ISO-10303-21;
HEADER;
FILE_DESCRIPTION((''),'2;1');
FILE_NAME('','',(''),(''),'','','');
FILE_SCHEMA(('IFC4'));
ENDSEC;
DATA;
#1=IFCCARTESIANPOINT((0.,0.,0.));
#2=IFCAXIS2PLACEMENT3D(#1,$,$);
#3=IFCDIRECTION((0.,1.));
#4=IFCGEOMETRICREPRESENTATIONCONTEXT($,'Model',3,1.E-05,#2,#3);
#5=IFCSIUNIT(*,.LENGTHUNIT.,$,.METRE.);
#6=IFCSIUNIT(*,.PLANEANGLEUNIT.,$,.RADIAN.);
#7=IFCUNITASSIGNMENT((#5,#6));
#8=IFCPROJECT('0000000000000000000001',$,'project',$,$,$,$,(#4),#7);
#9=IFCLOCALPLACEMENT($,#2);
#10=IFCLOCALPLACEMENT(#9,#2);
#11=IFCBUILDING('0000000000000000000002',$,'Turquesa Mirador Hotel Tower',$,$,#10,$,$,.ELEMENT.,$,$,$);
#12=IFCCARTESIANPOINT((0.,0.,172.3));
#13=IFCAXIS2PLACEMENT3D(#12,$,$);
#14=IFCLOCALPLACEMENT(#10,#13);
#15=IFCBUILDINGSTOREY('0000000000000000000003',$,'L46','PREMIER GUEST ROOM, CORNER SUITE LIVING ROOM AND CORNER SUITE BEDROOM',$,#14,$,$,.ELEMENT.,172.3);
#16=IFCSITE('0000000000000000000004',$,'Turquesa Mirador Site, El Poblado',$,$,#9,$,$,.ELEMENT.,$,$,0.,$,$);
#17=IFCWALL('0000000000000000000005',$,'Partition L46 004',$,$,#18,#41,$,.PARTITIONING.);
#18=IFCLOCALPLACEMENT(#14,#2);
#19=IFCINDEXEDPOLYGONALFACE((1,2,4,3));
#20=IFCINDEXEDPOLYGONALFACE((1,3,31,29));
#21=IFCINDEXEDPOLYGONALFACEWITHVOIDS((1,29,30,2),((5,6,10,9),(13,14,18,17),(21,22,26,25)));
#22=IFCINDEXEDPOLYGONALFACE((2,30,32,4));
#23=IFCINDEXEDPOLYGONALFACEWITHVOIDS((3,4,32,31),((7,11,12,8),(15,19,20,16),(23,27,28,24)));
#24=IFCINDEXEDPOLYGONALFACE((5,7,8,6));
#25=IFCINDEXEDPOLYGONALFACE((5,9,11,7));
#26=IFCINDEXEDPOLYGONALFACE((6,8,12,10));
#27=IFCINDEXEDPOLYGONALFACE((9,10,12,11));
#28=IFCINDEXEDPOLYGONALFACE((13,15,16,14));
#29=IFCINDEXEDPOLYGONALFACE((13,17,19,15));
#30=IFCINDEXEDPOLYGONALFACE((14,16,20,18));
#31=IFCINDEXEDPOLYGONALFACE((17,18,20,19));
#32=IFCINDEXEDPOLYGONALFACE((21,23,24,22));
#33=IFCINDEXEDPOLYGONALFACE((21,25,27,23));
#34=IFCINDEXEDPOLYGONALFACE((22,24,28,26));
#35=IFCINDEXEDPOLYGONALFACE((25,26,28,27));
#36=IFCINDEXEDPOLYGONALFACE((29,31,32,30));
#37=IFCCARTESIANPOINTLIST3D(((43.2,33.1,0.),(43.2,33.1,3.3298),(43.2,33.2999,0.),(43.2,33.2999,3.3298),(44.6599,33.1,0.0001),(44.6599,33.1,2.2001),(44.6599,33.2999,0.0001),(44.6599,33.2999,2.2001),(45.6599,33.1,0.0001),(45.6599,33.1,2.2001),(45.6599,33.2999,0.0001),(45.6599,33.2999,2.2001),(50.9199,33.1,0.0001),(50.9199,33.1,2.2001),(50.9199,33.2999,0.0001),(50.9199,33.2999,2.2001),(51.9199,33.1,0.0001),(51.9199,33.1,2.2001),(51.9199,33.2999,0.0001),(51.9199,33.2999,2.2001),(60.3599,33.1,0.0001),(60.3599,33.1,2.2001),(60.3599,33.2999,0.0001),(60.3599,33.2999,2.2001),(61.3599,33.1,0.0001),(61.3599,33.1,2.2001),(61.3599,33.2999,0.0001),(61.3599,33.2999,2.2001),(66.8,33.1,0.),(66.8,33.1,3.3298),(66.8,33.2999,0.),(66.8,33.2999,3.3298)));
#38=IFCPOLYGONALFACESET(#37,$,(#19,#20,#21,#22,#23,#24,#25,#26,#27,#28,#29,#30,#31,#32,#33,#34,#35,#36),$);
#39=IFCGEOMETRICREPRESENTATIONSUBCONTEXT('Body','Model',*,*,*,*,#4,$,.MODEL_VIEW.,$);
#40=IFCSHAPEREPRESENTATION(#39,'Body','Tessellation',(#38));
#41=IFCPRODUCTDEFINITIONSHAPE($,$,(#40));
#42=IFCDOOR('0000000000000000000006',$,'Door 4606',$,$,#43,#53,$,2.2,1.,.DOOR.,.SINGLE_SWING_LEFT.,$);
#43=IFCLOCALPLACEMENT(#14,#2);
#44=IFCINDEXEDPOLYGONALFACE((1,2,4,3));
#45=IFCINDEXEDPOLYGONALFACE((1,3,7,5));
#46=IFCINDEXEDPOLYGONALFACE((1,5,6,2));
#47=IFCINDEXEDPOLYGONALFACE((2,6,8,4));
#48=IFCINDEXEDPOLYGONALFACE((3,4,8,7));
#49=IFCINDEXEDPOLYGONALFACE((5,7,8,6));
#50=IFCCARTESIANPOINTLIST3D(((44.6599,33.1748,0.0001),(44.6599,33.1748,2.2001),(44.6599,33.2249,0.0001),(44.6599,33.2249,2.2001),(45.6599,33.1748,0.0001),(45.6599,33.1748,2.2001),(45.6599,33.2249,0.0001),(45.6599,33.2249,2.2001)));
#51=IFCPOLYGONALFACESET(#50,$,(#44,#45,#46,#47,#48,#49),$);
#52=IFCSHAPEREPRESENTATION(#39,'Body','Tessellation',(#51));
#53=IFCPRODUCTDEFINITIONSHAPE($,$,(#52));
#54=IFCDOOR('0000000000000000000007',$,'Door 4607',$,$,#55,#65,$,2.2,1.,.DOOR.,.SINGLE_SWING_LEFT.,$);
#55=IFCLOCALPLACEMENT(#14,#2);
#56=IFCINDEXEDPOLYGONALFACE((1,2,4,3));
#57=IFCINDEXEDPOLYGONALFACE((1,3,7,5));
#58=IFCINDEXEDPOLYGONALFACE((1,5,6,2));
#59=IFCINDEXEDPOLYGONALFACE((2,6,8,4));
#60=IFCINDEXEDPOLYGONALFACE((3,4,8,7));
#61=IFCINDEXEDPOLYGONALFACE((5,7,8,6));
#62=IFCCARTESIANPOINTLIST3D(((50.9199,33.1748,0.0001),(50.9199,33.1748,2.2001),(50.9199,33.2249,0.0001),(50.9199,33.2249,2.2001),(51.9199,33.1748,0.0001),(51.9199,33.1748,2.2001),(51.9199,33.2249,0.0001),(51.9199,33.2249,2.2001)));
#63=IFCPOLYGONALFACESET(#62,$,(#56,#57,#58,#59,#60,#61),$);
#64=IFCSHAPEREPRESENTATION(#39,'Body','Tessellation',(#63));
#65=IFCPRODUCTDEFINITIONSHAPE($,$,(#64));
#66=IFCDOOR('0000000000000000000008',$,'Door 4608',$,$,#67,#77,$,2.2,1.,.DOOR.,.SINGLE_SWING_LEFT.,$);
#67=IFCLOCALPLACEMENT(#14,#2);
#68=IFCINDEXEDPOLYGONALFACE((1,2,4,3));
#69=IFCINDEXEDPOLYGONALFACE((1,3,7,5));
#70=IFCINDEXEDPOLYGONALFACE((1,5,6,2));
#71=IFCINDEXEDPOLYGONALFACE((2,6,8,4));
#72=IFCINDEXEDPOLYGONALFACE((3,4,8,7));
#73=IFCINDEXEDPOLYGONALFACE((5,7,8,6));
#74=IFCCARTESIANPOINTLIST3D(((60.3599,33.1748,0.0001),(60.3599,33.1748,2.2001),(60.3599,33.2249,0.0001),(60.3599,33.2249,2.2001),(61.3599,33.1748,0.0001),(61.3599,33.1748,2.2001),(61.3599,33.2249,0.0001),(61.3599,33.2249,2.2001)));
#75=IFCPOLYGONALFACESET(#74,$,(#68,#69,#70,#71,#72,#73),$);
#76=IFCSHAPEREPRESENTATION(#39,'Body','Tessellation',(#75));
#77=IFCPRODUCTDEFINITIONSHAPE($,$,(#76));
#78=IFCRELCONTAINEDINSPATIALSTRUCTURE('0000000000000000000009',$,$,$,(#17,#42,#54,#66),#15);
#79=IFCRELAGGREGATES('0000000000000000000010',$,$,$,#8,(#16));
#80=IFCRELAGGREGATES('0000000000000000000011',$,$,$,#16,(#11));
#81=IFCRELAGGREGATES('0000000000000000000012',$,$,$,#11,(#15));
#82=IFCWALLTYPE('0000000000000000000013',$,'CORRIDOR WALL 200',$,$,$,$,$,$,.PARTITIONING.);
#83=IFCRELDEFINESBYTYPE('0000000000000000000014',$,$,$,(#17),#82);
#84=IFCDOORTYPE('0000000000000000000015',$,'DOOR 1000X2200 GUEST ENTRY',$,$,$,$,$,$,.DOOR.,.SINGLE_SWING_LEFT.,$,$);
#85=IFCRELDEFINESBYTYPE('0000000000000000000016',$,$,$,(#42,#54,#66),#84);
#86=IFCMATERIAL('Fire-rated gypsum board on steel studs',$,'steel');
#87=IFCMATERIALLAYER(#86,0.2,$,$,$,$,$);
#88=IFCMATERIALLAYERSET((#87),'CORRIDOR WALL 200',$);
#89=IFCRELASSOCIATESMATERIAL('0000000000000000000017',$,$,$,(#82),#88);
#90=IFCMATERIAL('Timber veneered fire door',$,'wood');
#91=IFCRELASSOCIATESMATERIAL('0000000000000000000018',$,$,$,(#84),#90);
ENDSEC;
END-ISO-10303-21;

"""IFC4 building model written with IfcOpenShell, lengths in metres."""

from ifc_helpers import new_model, si_unit, direction, frame, frame_2d, origin, place, context, subcontext, project, spatial, rectangle, extrude, material, layer, layer_set, type_object, element, fill, save


model = new_model("IFC4")

# Units and contexts
model_context = context("Model", 3, precision=1e-05, world=origin(), true_north=direction((0.0, 1.0)))
body_context = subcontext(model_context, "Body", "Model", "MODEL_VIEW")
ifc_project = project(units=[si_unit("LENGTHUNIT", "METRE"), si_unit("PLANEANGLEUNIT", "RADIAN")], contexts=[model_context])

# Site, building, storey
site_placement = place(None, origin())
site = spatial("IfcSite", under=ifc_project, at=site_placement, Name="Turquesa Mirador Site, El Poblado", CompositionType="ELEMENT", RefElevation=0.0)
building_placement = place(site_placement, origin())
building = spatial("IfcBuilding", under=site, at=building_placement, Name="Turquesa Mirador Hotel Tower", CompositionType="ELEMENT")
storey_placement = place(building_placement, frame((0.0, 0.0, 172.3)))
storey = spatial("IfcBuildingStorey", under=building, at=storey_placement, Name="L46", Description="PREMIER GUEST ROOM, CORNER SUITE LIVING ROOM AND CORNER SUITE BEDROOM", CompositionType="ELEMENT", Elevation=172.3)

# Wall, openings, doors
ifc_material_1 = material(Name="Fire-rated gypsum board on steel studs", Category="steel")
ifc_layer_1 = layer(ifc_material_1, 0.2)
ifc_layer_set_1 = layer_set([ifc_layer_1], Name="CORRIDOR WALL 200")
wall_type_1 = type_object("IfcWallType", Name="CORRIDOR WALL 200", PredefinedType="PARTITIONING", material=ifc_layer_set_1)
wall_1_placement = place(storey_placement, frame((43.2, 33.2, 0.0), z_axis=(0.0, 0.0, 1.0), x_axis=(1.0, 0.0, 0.0)))
wall_1 = element("IfcWall", 1, at=wall_1_placement, inside=storey, type_object=wall_type_1, Name="Partition L46 004", PredefinedType="PARTITIONING", context=body_context, shape_type="SweptSolid", body=[
    extrude(rectangle(XDim=23.6001, YDim=0.2, at=frame_2d((11.8, 0.0))), origin(), (0.0, 0.0, 1.0), 3.3298),
])
opening_1_placement = place(wall_1_placement, frame((1.46, 0.0, 0.0)))
opening_1 = element("IfcOpeningElement", 2, at=opening_1_placement, cuts=wall_1, PredefinedType="OPENING", context=body_context, shape_type="SweptSolid", body=[
    extrude(rectangle(XDim=1.0, YDim=2.2, at=frame_2d((0.5, 1.1001))), frame((0.0, 0.1099, 0.0), z_axis=(0.0, -1.0, 0.0), x_axis=(1.0, 0.0, 0.0)), (0.0, 0.0, 1.0), 0.22),
])
opening_2_placement = place(wall_1_placement, frame((7.72, 0.0, 0.0)))
opening_2 = element("IfcOpeningElement", 3, at=opening_2_placement, cuts=wall_1, PredefinedType="OPENING", context=body_context, shape_type="SweptSolid", body=[
    extrude(rectangle(XDim=1.0, YDim=2.2, at=frame_2d((0.5, 1.1001))), frame((0.0, 0.1099, 0.0), z_axis=(0.0, -1.0, 0.0), x_axis=(1.0, 0.0, 0.0)), (0.0, 0.0, 1.0), 0.22),
])
opening_3_placement = place(wall_1_placement, frame((17.1599, 0.0, 0.0)))
opening_3 = element("IfcOpeningElement", 4, at=opening_3_placement, cuts=wall_1, PredefinedType="OPENING", context=body_context, shape_type="SweptSolid", body=[
    extrude(rectangle(XDim=1.0, YDim=2.2, at=frame_2d((0.5, 1.1001))), frame((0.0, 0.1099, 0.0), z_axis=(0.0, -1.0, 0.0), x_axis=(1.0, 0.0, 0.0)), (0.0, 0.0, 1.0), 0.22),
])
ifc_material_2 = material(Name="Timber veneered fire door", Category="wood")
door_type_1 = type_object("IfcDoorType", Name="DOOR 1000X2200 GUEST ENTRY", OperationType="SINGLE_SWING_LEFT", PredefinedType="DOOR", material=ifc_material_2)
door_1_placement = place(opening_1_placement, origin())
door_1 = element("IfcDoor", 5, at=door_1_placement, inside=storey, type_object=door_type_1, Name="Door 4606", OperationType="SINGLE_SWING_LEFT", OverallHeight=2.2, OverallWidth=1.0, PredefinedType="DOOR", context=body_context, shape_type="SweptSolid", body=[
    extrude(rectangle(XDim=1.0, YDim=2.2, at=frame_2d((0.5, 1.1001))), frame((0.0, 0.0249, 0.0), z_axis=(0.0, -1.0, 0.0), x_axis=(1.0, 0.0, 0.0)), (0.0, 0.0, 1.0), 0.05),
])
fill(opening_1, door_1)
door_2_placement = place(opening_2_placement, origin())
door_2 = element("IfcDoor", 6, at=door_2_placement, inside=storey, type_object=door_type_1, Name="Door 4607", OperationType="SINGLE_SWING_LEFT", OverallHeight=2.2, OverallWidth=1.0, PredefinedType="DOOR", context=body_context, shape_type="SweptSolid", body=[
    extrude(rectangle(XDim=1.0, YDim=2.2, at=frame_2d((0.5, 1.1001))), frame((0.0, 0.0249, 0.0), z_axis=(0.0, -1.0, 0.0), x_axis=(1.0, 0.0, 0.0)), (0.0, 0.0, 1.0), 0.05),
])
fill(opening_2, door_2)
door_3_placement = place(opening_3_placement, origin())
door_3 = element("IfcDoor", 7, at=door_3_placement, inside=storey, type_object=door_type_1, Name="Door 4608", OperationType="SINGLE_SWING_LEFT", OverallHeight=2.2, OverallWidth=1.0, PredefinedType="DOOR", context=body_context, shape_type="SweptSolid", body=[
    extrude(rectangle(XDim=1.0, YDim=2.2, at=frame_2d((0.5, 1.1001))), frame((0.0, 0.0249, 0.0), z_axis=(0.0, -1.0, 0.0), x_axis=(1.0, 0.0, 0.0)), (0.0, 0.0, 1.0), 0.05),
])
fill(opening_3, door_3)

save(model, "model.ifc")
